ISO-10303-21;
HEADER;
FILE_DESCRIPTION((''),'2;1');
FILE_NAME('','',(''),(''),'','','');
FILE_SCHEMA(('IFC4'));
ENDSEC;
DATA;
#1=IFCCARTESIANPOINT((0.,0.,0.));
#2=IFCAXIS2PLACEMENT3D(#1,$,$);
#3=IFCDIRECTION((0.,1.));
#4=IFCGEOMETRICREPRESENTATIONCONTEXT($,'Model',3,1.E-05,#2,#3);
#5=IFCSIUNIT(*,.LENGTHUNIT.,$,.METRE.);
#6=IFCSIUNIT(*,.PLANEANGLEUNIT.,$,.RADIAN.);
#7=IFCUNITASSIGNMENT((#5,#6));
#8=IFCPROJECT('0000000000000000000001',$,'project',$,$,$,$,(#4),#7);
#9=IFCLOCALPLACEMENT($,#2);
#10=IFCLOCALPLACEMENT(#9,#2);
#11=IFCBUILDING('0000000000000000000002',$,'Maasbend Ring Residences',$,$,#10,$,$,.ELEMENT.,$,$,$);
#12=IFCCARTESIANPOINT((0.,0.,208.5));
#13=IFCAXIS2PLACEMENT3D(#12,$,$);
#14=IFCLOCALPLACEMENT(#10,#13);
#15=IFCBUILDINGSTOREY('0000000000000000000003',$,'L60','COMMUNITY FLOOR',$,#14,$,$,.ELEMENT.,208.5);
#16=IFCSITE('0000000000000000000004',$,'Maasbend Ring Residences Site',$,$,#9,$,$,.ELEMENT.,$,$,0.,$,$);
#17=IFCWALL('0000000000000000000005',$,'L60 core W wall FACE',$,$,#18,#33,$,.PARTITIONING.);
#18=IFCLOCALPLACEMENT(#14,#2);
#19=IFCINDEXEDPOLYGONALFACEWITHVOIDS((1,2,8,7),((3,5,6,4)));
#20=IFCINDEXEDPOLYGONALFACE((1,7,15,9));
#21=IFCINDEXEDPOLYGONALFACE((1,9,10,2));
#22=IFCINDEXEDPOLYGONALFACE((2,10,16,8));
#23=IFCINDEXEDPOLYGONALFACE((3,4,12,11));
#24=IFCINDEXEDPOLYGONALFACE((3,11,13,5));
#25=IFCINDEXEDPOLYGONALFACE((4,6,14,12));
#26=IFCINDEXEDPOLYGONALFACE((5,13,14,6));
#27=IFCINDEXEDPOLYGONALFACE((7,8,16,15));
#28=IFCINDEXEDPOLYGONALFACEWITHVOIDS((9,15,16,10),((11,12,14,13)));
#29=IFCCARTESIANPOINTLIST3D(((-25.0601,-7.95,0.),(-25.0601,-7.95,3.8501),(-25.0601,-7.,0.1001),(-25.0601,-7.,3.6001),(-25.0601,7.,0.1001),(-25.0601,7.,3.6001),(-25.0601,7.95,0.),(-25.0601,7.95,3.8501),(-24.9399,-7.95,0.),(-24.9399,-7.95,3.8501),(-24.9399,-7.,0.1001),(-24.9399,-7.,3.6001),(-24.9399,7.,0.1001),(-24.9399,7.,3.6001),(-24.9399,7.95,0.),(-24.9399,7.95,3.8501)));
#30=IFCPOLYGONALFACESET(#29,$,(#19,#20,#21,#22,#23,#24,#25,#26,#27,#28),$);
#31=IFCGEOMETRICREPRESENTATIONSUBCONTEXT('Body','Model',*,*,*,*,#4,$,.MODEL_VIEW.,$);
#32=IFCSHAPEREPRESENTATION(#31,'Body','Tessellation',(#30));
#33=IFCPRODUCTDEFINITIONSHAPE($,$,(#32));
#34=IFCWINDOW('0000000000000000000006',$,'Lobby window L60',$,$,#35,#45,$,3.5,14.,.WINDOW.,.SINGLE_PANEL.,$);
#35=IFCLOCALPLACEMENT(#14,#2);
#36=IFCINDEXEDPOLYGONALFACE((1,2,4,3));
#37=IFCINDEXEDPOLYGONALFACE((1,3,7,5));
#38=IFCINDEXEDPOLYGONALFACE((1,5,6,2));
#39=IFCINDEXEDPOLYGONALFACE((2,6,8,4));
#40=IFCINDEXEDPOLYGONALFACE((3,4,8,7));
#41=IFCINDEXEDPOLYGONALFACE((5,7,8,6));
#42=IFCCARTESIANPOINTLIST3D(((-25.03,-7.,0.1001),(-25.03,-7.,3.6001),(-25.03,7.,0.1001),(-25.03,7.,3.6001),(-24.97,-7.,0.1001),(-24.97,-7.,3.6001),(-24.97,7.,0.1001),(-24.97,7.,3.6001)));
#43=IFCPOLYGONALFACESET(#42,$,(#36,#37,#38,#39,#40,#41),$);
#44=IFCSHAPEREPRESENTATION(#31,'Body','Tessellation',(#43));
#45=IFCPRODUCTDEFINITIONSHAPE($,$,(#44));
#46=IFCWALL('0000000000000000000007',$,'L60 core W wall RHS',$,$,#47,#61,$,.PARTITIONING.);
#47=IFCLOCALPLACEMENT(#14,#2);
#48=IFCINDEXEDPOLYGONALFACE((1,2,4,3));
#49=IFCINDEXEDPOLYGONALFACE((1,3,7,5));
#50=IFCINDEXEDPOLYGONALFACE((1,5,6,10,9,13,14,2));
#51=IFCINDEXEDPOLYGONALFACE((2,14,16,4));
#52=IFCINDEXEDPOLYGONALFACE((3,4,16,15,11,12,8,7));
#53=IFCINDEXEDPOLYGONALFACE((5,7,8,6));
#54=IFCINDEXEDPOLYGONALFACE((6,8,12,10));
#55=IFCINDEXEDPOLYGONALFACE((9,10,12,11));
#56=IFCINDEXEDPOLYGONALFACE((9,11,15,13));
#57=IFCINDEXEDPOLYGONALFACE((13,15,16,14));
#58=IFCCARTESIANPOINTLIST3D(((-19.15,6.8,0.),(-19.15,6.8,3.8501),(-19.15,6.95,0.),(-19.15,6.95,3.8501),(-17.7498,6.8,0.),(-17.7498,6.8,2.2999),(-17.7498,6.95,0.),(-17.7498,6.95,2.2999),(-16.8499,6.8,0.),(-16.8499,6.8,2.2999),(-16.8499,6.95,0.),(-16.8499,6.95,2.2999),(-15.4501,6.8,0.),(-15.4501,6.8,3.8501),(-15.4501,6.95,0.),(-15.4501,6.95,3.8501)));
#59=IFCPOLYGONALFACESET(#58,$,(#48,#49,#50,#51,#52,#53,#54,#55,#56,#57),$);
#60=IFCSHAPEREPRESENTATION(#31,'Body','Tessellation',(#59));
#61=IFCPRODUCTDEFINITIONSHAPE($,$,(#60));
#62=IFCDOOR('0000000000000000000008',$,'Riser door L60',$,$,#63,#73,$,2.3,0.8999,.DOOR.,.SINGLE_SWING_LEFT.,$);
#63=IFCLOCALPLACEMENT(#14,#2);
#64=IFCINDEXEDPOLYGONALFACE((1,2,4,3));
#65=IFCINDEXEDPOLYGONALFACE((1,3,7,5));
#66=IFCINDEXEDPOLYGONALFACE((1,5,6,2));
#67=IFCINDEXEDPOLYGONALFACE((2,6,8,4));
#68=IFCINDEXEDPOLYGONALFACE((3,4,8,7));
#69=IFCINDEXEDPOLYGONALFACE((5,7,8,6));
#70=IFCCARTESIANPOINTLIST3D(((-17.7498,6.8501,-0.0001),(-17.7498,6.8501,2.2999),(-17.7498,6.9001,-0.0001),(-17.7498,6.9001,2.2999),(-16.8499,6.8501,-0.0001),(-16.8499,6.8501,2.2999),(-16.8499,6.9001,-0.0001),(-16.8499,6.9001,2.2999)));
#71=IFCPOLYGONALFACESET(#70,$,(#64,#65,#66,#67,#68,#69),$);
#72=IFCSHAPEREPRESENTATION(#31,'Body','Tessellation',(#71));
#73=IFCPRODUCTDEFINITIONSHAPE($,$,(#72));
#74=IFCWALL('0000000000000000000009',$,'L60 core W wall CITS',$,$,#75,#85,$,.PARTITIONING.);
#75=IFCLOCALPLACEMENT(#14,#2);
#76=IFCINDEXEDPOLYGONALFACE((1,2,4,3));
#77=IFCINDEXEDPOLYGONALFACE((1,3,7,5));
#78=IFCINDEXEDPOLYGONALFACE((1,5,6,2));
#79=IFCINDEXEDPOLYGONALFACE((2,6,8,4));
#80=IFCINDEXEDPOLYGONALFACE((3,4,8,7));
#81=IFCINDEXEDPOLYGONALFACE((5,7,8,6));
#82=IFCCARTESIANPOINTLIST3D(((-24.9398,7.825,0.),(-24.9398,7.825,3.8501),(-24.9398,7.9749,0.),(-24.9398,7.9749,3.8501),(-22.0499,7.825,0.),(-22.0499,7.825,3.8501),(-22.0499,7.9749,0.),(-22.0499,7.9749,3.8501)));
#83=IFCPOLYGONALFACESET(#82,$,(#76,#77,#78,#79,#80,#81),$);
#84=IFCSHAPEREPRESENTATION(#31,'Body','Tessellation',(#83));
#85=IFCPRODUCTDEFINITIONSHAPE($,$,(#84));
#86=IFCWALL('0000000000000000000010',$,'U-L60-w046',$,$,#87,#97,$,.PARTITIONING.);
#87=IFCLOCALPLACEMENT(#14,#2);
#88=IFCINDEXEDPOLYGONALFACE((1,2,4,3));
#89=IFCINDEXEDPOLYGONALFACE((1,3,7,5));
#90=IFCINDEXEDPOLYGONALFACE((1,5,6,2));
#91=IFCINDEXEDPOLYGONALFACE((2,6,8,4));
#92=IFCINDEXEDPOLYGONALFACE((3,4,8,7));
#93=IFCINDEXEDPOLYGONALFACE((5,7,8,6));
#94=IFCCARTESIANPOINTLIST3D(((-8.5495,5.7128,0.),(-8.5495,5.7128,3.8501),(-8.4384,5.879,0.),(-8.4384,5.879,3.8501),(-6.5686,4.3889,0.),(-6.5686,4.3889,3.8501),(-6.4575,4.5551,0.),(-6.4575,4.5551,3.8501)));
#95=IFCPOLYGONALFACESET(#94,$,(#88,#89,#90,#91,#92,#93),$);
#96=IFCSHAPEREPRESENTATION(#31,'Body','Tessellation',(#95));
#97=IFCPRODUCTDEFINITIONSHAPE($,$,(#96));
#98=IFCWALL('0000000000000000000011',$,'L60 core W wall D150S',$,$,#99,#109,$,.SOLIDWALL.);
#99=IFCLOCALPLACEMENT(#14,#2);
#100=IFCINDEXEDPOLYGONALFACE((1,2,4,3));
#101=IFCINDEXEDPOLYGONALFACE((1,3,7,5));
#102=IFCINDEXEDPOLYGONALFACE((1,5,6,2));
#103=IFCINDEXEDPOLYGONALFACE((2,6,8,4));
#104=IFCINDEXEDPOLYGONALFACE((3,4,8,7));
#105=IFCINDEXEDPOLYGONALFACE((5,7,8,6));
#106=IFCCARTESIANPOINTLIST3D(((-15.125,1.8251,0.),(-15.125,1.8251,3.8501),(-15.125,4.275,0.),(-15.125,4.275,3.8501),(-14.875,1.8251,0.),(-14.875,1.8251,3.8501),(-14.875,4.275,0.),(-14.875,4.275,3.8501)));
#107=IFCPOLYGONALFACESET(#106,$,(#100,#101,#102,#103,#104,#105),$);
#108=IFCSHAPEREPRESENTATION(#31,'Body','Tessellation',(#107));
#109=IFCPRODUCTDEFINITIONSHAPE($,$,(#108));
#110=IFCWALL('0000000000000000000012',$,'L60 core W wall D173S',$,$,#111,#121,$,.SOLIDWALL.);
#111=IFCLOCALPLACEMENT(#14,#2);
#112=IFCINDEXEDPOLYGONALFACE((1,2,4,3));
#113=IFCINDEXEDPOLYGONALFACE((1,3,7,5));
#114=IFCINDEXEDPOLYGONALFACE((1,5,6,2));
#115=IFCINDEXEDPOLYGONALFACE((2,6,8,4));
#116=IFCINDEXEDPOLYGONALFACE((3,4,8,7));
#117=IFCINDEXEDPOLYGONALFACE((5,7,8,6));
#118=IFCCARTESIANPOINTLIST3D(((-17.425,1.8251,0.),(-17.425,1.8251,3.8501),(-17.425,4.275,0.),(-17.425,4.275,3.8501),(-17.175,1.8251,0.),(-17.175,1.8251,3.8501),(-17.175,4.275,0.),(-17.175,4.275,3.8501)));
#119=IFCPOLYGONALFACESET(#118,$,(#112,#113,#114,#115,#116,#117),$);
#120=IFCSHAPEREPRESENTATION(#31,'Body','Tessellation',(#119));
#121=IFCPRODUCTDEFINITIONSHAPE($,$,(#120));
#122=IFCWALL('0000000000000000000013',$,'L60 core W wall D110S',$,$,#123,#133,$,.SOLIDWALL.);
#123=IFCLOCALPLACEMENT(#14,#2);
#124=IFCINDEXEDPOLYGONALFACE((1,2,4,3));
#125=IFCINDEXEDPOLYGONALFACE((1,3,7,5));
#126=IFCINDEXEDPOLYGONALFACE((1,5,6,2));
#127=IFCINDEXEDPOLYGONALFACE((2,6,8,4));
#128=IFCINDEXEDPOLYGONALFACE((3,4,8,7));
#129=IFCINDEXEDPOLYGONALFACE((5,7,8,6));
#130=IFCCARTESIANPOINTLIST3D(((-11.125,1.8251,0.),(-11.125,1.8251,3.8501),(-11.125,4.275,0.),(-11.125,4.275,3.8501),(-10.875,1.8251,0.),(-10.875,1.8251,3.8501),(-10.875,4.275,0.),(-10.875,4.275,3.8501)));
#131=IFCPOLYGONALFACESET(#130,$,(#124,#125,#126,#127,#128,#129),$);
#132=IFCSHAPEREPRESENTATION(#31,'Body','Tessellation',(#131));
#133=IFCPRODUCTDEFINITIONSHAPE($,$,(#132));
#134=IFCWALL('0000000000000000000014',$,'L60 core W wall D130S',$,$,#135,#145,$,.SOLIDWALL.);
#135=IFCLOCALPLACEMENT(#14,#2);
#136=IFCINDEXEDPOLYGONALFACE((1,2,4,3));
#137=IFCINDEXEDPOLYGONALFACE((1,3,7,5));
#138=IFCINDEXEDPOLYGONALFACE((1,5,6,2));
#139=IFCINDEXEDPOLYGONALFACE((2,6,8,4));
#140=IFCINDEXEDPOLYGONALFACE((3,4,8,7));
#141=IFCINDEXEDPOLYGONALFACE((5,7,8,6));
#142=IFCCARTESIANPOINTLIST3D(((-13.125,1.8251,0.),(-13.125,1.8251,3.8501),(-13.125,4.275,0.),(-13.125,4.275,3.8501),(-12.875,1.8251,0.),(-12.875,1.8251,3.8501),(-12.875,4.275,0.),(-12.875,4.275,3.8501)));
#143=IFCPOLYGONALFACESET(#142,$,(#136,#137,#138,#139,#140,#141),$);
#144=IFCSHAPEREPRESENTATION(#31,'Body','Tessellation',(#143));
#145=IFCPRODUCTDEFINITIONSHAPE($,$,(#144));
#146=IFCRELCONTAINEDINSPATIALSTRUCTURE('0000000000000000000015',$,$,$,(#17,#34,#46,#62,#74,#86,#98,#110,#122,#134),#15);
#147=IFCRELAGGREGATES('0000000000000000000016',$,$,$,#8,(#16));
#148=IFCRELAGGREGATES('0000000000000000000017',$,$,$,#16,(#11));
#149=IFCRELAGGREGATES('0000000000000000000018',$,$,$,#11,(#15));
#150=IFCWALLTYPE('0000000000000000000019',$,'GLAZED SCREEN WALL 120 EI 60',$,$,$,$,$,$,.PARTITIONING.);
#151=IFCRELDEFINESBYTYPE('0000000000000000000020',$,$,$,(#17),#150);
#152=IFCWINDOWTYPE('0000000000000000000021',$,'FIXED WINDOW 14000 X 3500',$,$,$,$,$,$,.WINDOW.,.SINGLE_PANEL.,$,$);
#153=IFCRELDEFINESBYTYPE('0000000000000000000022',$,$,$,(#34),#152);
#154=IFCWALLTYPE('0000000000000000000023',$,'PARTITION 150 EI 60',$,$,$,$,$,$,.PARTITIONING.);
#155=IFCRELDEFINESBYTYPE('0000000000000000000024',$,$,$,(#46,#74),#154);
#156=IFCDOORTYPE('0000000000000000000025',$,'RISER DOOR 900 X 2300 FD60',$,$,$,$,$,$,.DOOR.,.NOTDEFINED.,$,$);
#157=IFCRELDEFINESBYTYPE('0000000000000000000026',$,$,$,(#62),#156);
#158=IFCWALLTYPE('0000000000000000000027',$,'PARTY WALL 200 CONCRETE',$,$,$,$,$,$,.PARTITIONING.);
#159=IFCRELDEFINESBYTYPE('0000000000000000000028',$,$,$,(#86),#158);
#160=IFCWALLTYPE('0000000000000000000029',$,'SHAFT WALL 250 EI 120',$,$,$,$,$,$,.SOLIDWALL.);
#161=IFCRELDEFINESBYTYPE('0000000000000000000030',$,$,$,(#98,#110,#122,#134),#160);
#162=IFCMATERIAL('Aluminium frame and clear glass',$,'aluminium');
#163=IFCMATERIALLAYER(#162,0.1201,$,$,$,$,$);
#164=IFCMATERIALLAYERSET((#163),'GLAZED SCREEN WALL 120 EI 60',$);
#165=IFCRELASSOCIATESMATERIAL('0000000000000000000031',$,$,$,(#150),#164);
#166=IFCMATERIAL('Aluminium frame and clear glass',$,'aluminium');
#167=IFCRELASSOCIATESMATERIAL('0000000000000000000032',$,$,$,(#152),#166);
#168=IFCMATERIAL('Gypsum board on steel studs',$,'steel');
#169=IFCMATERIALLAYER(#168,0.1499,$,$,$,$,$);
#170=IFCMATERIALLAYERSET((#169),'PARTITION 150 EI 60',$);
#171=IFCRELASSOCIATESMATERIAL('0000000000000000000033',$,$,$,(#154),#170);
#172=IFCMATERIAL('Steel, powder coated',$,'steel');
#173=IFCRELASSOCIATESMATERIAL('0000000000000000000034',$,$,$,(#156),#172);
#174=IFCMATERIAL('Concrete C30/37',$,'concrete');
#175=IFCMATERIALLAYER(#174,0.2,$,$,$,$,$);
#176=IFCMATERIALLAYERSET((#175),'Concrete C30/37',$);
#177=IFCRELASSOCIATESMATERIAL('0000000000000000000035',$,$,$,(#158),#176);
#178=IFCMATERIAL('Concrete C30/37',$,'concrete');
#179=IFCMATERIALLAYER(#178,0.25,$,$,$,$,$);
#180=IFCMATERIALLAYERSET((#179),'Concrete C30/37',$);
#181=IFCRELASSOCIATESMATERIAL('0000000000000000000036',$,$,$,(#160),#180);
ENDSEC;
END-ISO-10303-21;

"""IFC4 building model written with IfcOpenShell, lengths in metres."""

from ifc_helpers import new_model, si_unit, direction, frame, frame_2d, origin, place, context, subcontext, project, spatial, rectangle, extrude, material, layer, layer_set, type_object, element, fill, save


model = new_model("IFC4")

# Units and contexts
model_context = context("Model", 3, precision=1e-05, world=origin(), true_north=direction((0.0, 1.0)))
body_context = subcontext(model_context, "Body", "Model", "MODEL_VIEW")
ifc_project = project(units=[si_unit("LENGTHUNIT", "METRE"), si_unit("PLANEANGLEUNIT", "RADIAN")], contexts=[model_context])

# Site, building, storey
site_placement = place(None, origin())
site = spatial("IfcSite", under=ifc_project, at=site_placement, Name="Maasbend Ring Residences Site", CompositionType="ELEMENT", RefElevation=0.0)
building_placement = place(site_placement, origin())
building = spatial("IfcBuilding", under=site, at=building_placement, Name="Maasbend Ring Residences", CompositionType="ELEMENT")
storey_placement = place(building_placement, frame((0.0, 0.0, 208.5)))
storey = spatial("IfcBuildingStorey", under=building, at=storey_placement, Name="L60", Description="COMMUNITY FLOOR", CompositionType="ELEMENT", Elevation=208.5)

# Wall, opening, window
ifc_material_1 = material(Name="Aluminium frame and clear glass", Category="aluminium")
ifc_layer_1 = layer(ifc_material_1, 0.1201)
ifc_layer_set_1 = layer_set([ifc_layer_1], Name="GLAZED SCREEN WALL 120 EI 60")
wall_type_1 = type_object("IfcWallType", Name="GLAZED SCREEN WALL 120 EI 60", PredefinedType="PARTITIONING", material=ifc_layer_set_1)
wall_1_placement = place(storey_placement, frame((-25.0, 7.95, 0.0), z_axis=(0.0, 0.0, 1.0), x_axis=(0.0, -1.0, 0.0)))
wall_1 = element("IfcWall", 1, at=wall_1_placement, inside=storey, type_object=wall_type_1, Name="L60 core W wall FACE", PredefinedType="PARTITIONING", context=body_context, shape_type="SweptSolid", body=[
    extrude(rectangle(XDim=15.8999, YDim=0.1201, at=frame_2d((7.95, 0.0))), origin(), (0.0, 0.0, 1.0), 3.8501),
])
opening_1_placement = place(wall_1_placement, frame((0.95, 0.0, 0.1001)))
opening_1 = element("IfcOpeningElement", 2, at=opening_1_placement, cuts=wall_1, PredefinedType="OPENING", context=body_context, shape_type="SweptSolid", body=[
    extrude(rectangle(XDim=14.0, YDim=3.5, at=frame_2d((7.0, 1.75))), frame((0.0, 0.0701, 0.0), z_axis=(0.0, -1.0, 0.0), x_axis=(1.0, 0.0, 0.0)), (0.0, 0.0, 1.0), 0.1401),
])
ifc_material_2 = material(Name="Aluminium frame and clear glass", Category="aluminium")
window_type = type_object("IfcWindowType", Name="FIXED WINDOW 14000 X 3500", PartitioningType="SINGLE_PANEL", PredefinedType="WINDOW", material=ifc_material_2)
window_placement = place(opening_1_placement, origin())
window = element("IfcWindow", 3, at=window_placement, inside=storey, type_object=window_type, Name="Lobby window L60", OverallHeight=3.5, OverallWidth=14.0, PartitioningType="SINGLE_PANEL", PredefinedType="WINDOW", context=body_context, shape_type="SweptSolid", body=[
    extrude(rectangle(XDim=14.0, YDim=3.5, at=frame_2d((7.0, 1.75))), frame((0.0, 0.03, 0.0), z_axis=(0.0, -1.0, 0.0), x_axis=(1.0, 0.0, 0.0)), (0.0, 0.0, 1.0), 0.0601),
])
fill(opening_1, window)

# Wall, opening, door
ifc_material_3 = material(Name="Gypsum board on steel studs", Category="steel")
ifc_layer_2 = layer(ifc_material_3, 0.1499)
ifc_layer_set_2 = layer_set([ifc_layer_2], Name="PARTITION 150 EI 60")
wall_type_2 = type_object("IfcWallType", Name="PARTITION 150 EI 60", PredefinedType="PARTITIONING", material=ifc_layer_set_2)
wall_2_placement = place(storey_placement, frame((-15.45, 6.875, 0.0), z_axis=(0.0, 0.0, 1.0), x_axis=(-1.0, 0.0, 0.0)))
wall_2 = element("IfcWall", 4, at=wall_2_placement, inside=storey, type_object=wall_type_2, Name="L60 core W wall RHS", PredefinedType="PARTITIONING", context=body_context, shape_type="SweptSolid", body=[
    extrude(rectangle(XDim=3.7, YDim=0.1499, at=frame_2d((1.8501, 0.0))), origin(), (0.0, 0.0, 1.0), 3.8501),
])
opening_2_placement = place(wall_2_placement, frame((1.3999, 0.0, 0.0)))
opening_2 = element("IfcOpeningElement", 5, at=opening_2_placement, cuts=wall_2, PredefinedType="OPENING", context=body_context, shape_type="SweptSolid", body=[
    extrude(rectangle(XDim=0.8999, YDim=2.3, at=frame_2d((0.45, 1.1499))), frame((0.0, 0.085, 0.0), z_axis=(0.0, -1.0, 0.0), x_axis=(1.0, 0.0, 0.0)), (0.0, 0.0, 1.0), 0.1699),
])
ifc_material_4 = material(Name="Steel, powder coated", Category="steel")
door_type_1 = type_object("IfcDoorType", Name="RISER DOOR 900 X 2300 FD60", OperationType="NOTDEFINED", PredefinedType="DOOR", material=ifc_material_4)
door_1_placement = place(opening_2_placement, origin())
door_1 = element("IfcDoor", 6, at=door_1_placement, inside=storey, type_object=door_type_1, Name="Riser door L60", OperationType="SINGLE_SWING_LEFT", OverallHeight=2.3, OverallWidth=0.8999, PredefinedType="DOOR", context=body_context, shape_type="SweptSolid", body=[
    extrude(rectangle(XDim=0.8999, YDim=2.3, at=frame_2d((0.45, 1.1499))), frame((0.0, 0.0249, 0.0), z_axis=(0.0, -1.0, 0.0), x_axis=(1.0, 0.0, 0.0)), (0.0, 0.0, 1.0), 0.05),
])
fill(opening_2, door_1)

# Walls
wall_3_placement = place(storey_placement, frame((-22.05, 7.8999, 0.0), z_axis=(0.0, 0.0, 1.0), x_axis=(-1.0, 0.0, 0.0)))
element("IfcWall", 7, at=wall_3_placement, inside=storey, type_object=wall_type_2, Name="L60 core W wall CITS", PredefinedType="PARTITIONING", context=body_context, shape_type="SweptSolid", body=[
    extrude(rectangle(XDim=2.8899, YDim=0.1499, at=frame_2d((1.4448, 0.0))), origin(), (0.0, 0.0, 1.0), 3.8501),
])
ifc_material_5 = material(Name="Concrete C30/37", Category="concrete")
ifc_layer_3 = layer(ifc_material_5, 0.2)
ifc_layer_set_3 = layer_set([ifc_layer_3], Name="Concrete C30/37")
wall_type_3 = type_object("IfcWallType", Name="PARTY WALL 200 CONCRETE", PredefinedType="PARTITIONING", material=ifc_layer_set_3)
wall_4_placement = place(storey_placement, frame((-6.5129, 4.4719, 0.0), z_axis=(0.0, 0.0, 1.0), x_axis=(-0.831403, 0.555669, 0.0)))
element("IfcWall", 8, at=wall_4_placement, inside=storey, type_object=wall_type_3, Name="U-L60-w046", PredefinedType="PARTITIONING", context=body_context, shape_type="SweptSolid", body=[
    extrude(rectangle(XDim=2.3826, YDim=0.2, at=frame_2d((1.1914, 0.0))), origin(), (0.0, 0.0, 1.0), 3.8501),
])
ifc_material_6 = material(Name="Concrete C30/37", Category="concrete")
ifc_layer_4 = layer(ifc_material_6, 0.25)
ifc_layer_set_4 = layer_set([ifc_layer_4], Name="Concrete C30/37")
wall_type_4 = type_object("IfcWallType", Name="SHAFT WALL 250 EI 120", PredefinedType="SOLIDWALL", material=ifc_layer_set_4)
for number, where, z_axis, x_axis, name in (
    (9, (-15.0, 1.825, 0.0), (0.0, 0.0, 1.0), (0.0, 1.0, 0.0), "L60 core W wall D150S"),
    (10, (-17.3, 1.825, 0.0), (0.0, 0.0, 1.0), (0.0, 1.0, 0.0), "L60 core W wall D173S"),
    (11, (-11.0, 1.825, 0.0), (0.0, 0.0, 1.0), (0.0, 1.0, 0.0), "L60 core W wall D110S"),
    (12, (-13.0, 1.825, 0.0), (0.0, 0.0, 1.0), (0.0, 1.0, 0.0), "L60 core W wall D130S"),
):
    element("IfcWall", number, at=place(storey_placement, frame(where, z_axis=z_axis, x_axis=x_axis)), inside=storey, type_object=wall_type_4, Name=name, PredefinedType="SOLIDWALL", context=body_context, shape_type="SweptSolid", body=[
        extrude(rectangle(XDim=2.45, YDim=0.25, at=frame_2d((1.2251, 0.0))), origin(), (0.0, 0.0, 1.0), 3.8501),
    ])

save(model, "model.ifc")
